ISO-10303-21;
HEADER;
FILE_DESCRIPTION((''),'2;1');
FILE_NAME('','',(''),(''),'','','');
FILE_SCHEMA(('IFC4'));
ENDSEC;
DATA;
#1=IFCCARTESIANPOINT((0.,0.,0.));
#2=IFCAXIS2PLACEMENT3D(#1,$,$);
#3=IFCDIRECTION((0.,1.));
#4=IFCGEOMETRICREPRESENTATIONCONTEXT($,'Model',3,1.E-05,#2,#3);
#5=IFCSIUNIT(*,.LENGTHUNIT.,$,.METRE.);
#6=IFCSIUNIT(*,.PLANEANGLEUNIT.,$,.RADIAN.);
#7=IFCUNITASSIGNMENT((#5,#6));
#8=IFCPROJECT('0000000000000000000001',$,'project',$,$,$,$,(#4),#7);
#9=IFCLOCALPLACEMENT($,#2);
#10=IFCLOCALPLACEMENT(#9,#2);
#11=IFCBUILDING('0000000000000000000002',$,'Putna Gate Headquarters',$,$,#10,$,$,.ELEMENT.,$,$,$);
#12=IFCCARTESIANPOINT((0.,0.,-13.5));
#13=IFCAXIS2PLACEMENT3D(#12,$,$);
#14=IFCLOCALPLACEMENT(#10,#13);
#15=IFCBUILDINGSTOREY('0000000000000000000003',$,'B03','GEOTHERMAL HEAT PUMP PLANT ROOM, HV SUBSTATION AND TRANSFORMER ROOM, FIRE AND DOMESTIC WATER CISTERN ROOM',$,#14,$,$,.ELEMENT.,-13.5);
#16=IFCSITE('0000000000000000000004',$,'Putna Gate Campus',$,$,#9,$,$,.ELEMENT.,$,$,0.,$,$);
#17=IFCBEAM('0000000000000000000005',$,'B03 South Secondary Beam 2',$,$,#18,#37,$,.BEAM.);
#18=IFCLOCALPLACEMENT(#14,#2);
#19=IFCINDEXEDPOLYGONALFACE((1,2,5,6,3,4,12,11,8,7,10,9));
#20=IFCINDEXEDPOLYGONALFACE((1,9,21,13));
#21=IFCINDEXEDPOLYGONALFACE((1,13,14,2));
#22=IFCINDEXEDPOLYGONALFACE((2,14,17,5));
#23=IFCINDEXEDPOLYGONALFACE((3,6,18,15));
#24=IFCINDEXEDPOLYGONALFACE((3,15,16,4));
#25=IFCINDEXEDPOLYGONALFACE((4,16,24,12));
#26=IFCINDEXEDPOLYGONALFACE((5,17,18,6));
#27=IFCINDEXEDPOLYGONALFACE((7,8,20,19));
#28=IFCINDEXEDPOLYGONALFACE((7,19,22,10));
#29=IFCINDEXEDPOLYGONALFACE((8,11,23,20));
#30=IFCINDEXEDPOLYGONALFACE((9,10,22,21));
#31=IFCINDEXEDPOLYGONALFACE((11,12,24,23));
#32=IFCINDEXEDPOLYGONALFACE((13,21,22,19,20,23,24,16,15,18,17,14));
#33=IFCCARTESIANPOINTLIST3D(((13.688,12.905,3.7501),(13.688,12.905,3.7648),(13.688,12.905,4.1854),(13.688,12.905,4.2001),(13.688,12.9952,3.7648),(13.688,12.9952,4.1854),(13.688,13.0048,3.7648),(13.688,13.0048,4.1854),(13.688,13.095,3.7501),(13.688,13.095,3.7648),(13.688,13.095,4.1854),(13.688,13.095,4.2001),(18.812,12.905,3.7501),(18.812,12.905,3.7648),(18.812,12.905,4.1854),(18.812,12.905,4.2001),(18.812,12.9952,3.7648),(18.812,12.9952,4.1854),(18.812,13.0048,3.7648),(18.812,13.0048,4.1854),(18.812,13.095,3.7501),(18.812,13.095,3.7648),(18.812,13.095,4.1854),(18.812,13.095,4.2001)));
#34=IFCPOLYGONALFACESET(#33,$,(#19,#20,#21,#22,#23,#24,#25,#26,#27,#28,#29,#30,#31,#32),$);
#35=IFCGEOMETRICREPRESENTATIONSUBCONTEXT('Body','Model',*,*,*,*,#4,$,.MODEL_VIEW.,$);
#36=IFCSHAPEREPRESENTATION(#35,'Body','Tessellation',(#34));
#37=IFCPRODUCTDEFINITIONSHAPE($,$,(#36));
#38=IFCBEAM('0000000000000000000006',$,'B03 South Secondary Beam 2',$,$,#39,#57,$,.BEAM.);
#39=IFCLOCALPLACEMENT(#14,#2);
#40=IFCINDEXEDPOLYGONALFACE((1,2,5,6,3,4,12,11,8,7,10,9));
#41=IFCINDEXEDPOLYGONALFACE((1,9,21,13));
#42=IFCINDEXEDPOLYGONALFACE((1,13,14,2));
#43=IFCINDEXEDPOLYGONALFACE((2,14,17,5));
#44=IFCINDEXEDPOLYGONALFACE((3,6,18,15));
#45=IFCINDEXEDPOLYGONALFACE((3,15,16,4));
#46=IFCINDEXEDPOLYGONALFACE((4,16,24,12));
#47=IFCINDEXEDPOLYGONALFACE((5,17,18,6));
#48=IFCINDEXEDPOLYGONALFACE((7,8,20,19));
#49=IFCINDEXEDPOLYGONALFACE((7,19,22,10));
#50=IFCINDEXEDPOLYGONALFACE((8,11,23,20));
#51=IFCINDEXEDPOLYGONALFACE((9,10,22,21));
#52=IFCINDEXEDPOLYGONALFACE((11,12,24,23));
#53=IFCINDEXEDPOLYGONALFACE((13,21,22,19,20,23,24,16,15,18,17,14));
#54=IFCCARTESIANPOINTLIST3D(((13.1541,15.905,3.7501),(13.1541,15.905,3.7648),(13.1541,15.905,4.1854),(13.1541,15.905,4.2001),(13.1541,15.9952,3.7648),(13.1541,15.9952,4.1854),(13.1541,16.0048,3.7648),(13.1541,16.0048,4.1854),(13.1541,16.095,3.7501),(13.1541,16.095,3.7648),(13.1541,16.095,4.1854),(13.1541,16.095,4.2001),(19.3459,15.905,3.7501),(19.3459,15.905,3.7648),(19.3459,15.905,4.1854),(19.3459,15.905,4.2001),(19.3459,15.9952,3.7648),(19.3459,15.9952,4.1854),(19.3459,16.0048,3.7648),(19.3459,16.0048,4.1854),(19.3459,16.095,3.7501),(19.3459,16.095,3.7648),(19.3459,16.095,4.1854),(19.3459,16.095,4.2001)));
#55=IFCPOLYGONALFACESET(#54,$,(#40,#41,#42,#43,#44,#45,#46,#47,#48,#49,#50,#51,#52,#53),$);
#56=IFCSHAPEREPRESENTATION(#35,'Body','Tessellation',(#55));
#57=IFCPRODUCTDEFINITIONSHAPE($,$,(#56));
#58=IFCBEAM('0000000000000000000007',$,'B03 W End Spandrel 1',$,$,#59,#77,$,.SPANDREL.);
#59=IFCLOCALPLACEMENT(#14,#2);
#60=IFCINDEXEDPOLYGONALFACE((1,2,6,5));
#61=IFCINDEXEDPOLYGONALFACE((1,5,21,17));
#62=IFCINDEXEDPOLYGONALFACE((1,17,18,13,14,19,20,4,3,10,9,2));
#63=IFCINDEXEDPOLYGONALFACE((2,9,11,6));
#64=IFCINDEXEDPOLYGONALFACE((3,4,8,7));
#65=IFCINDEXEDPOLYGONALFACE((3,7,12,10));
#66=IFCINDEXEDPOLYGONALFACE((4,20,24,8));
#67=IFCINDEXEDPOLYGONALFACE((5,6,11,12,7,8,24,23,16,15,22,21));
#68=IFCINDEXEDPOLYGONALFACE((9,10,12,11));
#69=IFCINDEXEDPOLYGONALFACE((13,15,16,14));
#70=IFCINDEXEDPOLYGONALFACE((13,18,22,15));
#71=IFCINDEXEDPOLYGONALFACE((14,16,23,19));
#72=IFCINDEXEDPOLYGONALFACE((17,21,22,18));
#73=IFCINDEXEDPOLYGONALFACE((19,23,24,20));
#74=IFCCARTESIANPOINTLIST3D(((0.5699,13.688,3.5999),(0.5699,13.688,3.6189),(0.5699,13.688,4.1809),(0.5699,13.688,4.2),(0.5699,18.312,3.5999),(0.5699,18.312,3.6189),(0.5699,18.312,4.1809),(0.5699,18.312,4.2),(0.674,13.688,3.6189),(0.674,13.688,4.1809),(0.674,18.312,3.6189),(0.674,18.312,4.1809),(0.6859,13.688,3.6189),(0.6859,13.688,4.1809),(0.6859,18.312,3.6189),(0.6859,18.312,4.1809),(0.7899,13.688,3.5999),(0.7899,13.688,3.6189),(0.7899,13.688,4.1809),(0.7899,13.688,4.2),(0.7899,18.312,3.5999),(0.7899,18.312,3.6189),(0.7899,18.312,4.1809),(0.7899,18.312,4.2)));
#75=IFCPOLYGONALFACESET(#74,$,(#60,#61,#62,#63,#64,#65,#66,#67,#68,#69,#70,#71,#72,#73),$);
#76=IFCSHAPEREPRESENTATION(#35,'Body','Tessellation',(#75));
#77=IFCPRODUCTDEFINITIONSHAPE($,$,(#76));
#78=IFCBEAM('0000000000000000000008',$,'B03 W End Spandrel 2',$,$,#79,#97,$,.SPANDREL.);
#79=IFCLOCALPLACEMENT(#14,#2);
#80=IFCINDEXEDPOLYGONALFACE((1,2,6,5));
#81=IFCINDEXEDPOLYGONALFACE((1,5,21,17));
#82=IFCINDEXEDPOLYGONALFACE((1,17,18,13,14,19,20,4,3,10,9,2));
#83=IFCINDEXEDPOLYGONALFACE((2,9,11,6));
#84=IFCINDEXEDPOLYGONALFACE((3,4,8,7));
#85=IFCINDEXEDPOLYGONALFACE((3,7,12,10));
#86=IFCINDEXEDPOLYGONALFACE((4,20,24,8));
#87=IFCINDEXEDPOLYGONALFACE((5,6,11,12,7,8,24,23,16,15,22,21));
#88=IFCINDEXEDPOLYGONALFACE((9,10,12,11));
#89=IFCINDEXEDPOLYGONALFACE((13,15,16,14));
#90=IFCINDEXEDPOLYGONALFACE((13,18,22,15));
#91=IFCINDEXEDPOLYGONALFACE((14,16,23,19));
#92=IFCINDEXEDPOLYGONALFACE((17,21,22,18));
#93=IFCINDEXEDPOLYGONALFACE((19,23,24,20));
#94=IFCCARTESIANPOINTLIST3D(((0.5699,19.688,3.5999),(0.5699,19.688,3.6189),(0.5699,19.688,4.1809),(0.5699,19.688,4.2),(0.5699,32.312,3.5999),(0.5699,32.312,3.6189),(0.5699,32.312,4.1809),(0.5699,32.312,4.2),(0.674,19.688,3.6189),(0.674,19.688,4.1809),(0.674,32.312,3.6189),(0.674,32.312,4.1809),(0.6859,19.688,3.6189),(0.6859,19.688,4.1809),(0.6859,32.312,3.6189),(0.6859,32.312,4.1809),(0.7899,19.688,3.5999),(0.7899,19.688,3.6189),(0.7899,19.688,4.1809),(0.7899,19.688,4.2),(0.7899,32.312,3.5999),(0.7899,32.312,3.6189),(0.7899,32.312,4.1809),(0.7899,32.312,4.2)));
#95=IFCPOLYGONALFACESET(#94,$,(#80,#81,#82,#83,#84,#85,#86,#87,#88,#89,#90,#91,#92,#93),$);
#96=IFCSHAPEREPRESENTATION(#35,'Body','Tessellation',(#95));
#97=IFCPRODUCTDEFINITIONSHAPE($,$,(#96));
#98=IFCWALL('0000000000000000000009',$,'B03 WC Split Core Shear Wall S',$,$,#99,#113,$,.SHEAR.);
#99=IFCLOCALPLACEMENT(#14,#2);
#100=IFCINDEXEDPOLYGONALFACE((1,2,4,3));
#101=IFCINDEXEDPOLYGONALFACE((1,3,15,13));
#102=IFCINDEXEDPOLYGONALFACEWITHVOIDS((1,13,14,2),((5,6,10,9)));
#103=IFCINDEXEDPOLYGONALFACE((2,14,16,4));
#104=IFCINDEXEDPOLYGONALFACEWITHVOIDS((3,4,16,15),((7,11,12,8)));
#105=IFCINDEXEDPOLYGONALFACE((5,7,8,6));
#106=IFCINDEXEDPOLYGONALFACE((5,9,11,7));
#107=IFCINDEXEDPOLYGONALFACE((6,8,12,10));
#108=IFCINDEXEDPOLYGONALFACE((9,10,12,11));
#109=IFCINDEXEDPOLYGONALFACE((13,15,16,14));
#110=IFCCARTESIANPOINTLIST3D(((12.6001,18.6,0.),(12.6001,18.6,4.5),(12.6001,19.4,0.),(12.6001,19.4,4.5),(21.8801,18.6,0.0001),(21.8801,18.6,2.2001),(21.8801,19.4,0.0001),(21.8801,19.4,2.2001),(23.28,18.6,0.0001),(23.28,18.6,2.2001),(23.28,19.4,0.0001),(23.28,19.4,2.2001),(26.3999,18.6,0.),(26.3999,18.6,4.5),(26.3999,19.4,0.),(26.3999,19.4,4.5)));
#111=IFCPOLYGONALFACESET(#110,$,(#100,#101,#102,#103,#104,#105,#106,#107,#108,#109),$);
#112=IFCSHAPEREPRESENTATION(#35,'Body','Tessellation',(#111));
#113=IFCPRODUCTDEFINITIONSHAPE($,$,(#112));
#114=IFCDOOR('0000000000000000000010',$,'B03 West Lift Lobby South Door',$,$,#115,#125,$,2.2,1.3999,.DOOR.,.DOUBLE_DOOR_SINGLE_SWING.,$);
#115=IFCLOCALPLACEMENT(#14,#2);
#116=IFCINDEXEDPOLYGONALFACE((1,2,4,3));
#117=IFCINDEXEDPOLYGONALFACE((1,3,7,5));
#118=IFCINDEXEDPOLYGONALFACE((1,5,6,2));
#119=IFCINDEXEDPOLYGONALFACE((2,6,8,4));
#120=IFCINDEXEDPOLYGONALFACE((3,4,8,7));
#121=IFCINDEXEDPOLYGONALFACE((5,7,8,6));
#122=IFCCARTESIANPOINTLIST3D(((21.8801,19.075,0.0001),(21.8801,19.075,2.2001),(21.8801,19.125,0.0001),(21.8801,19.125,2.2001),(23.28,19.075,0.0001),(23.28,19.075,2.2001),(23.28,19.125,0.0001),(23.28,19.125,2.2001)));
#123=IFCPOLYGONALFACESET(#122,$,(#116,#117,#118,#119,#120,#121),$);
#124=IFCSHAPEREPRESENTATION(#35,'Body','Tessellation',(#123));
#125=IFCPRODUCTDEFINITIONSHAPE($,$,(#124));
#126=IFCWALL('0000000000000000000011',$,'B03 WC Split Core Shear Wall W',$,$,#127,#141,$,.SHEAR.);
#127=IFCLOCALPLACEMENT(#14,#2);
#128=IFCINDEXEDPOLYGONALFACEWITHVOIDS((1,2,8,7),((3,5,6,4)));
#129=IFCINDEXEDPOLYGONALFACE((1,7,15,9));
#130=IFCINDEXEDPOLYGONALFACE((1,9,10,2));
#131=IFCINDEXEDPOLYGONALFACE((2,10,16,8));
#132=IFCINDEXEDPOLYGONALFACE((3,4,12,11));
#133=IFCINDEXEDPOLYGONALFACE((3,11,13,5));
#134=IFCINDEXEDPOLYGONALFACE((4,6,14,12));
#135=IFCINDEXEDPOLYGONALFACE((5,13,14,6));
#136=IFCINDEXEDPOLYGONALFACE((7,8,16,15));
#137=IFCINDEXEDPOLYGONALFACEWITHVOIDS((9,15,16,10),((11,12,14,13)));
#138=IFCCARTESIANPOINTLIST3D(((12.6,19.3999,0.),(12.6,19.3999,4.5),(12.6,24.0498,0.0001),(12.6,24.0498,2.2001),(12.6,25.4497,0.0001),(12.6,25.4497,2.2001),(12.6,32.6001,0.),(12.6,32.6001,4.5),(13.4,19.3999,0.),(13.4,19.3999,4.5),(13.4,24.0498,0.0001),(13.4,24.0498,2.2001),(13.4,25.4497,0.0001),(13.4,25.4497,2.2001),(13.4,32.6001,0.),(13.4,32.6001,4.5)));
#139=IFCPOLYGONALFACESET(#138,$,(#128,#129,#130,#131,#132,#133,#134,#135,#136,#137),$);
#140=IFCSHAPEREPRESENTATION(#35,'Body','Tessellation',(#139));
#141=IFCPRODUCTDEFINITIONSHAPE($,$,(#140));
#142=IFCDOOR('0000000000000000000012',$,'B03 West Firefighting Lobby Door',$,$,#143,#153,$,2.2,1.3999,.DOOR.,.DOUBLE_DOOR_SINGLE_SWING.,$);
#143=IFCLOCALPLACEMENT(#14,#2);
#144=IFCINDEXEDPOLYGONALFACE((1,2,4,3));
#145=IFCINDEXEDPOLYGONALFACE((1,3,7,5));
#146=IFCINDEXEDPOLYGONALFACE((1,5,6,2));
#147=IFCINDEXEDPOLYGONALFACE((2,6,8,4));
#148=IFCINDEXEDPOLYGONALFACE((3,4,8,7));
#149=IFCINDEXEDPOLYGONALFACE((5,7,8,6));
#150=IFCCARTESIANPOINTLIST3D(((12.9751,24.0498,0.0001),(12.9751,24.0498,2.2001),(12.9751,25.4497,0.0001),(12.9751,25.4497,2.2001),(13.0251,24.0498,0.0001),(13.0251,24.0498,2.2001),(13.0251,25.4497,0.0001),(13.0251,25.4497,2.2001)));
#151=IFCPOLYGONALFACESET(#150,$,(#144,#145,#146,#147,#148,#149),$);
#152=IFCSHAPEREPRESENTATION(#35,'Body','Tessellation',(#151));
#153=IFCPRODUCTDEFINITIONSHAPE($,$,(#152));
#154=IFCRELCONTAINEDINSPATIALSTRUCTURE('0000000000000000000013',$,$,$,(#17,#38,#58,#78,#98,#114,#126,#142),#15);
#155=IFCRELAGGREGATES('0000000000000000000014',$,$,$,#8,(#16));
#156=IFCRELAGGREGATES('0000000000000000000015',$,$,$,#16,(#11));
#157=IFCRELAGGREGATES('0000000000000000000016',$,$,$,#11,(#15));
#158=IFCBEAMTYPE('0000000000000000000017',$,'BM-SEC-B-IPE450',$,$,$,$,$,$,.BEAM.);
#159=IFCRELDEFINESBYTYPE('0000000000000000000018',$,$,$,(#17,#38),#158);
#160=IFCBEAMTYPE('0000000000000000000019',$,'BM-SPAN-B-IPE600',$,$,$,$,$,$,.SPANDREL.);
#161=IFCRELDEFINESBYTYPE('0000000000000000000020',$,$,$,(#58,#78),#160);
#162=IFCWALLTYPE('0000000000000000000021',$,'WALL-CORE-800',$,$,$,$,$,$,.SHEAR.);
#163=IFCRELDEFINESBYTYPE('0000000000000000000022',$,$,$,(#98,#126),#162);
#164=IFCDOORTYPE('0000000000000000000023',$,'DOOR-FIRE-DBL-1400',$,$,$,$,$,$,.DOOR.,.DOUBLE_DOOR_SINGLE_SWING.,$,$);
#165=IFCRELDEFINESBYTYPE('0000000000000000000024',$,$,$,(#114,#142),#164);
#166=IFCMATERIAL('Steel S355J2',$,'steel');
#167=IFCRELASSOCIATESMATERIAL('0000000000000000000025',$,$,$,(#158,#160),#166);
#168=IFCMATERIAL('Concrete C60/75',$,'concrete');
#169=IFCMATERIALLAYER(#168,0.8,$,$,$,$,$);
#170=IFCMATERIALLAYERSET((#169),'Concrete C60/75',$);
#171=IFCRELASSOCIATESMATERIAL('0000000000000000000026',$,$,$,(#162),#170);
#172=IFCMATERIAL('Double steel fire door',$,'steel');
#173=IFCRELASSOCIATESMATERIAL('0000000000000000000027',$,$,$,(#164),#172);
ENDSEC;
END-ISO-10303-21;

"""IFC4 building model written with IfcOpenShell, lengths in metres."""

from ifc_helpers import new_model, si_unit, direction, frame, frame_2d, origin, origin_2d, place, context, subcontext, project, spatial, rectangle, i_section, extrude, material, layer, layer_set, material_profile, profile_set, type_object, element, fill, save


model = new_model("IFC4")

# Units and contexts
model_context = context("Model", 3, precision=1e-05, world=origin(), true_north=direction((0.0, 1.0)))
body_context = subcontext(model_context, "Body", "Model", "MODEL_VIEW")
ifc_project = project(units=[si_unit("LENGTHUNIT", "METRE"), si_unit("PLANEANGLEUNIT", "RADIAN")], contexts=[model_context])

# Site, building, storey
site_placement = place(None, origin())
site = spatial("IfcSite", under=ifc_project, at=site_placement, Name="Putna Gate Campus", CompositionType="ELEMENT", RefElevation=0.0)
building_placement = place(site_placement, origin())
building = spatial("IfcBuilding", under=site, at=building_placement, Name="Putna Gate Headquarters", CompositionType="ELEMENT")
storey_placement = place(building_placement, frame((0.0, 0.0, -13.5)))
storey = spatial("IfcBuildingStorey", under=building, at=storey_placement, Name="B03", Description="GEOTHERMAL HEAT PUMP PLANT ROOM, HV SUBSTATION AND TRANSFORMER ROOM, FIRE AND DOMESTIC WATER CISTERN ROOM", CompositionType="ELEMENT", Elevation=-13.5)

# Shared definitions
ifc_material_1 = material(Name="Concrete C60/75", Category="concrete")

# Beams
ifc_material_2 = material(Name="Steel S355J2", Category="steel")
ifc_material_profile_1 = material_profile(ifc_material_2, i_section(OverallWidth=0.1899, OverallDepth=0.45, WebThickness=0.0095, FlangeThickness=0.0146, at=origin_2d()), Name="Steel S355J2")
ifc_profile_set_1 = profile_set([ifc_material_profile_1], Name="Steel S355J2")
beam_type_1 = type_object("IfcBeamType", Name="BM-SEC-B-IPE450", PredefinedType="BEAM", material=ifc_profile_set_1)
beam_1_placement = place(storey_placement, frame((13.688, 13.0, 3.9751), z_axis=(1.0, 0.0, 0.0), x_axis=(0.0, 1.0, 0.0)))
element("IfcBeam", 1, at=beam_1_placement, inside=storey, type_object=beam_type_1, Name="B03 South Secondary Beam 2", PredefinedType="BEAM", context=body_context, shape_type="SweptSolid", body=[
    extrude(i_section(OverallWidth=0.1899, OverallDepth=0.45, WebThickness=0.0095, FlangeThickness=0.0146, at=origin_2d()), origin(), (0.0, 0.0, 1.0), 5.124),
])
beam_2_placement = place(storey_placement, frame((13.1541, 16.0, 3.9751), z_axis=(1.0, 0.0, 0.0), x_axis=(0.0, 1.0, 0.0)))
element("IfcBeam", 2, at=beam_2_placement, inside=storey, type_object=beam_type_1, Name="B03 South Secondary Beam 2", PredefinedType="BEAM", context=body_context, shape_type="SweptSolid", body=[
    extrude(i_section(OverallWidth=0.1899, OverallDepth=0.45, WebThickness=0.0095, FlangeThickness=0.0146, at=origin_2d()), origin(), (0.0, 0.0, 1.0), 6.1919),
])
ifc_material_profile_2 = material_profile(ifc_material_2, i_section(OverallWidth=0.22, OverallDepth=0.6001, WebThickness=0.012, FlangeThickness=0.019, at=origin_2d()), Name="Steel S355J2")
ifc_profile_set_2 = profile_set([ifc_material_profile_2], Name="Steel S355J2")
beam_type_2 = type_object("IfcBeamType", Name="BM-SPAN-B-IPE600", PredefinedType="SPANDREL", material=ifc_profile_set_2)
beam_3_placement = place(storey_placement, frame((0.6799, 13.688, 3.8999), z_axis=(0.0, 1.0, 0.0), x_axis=(-1.0, 0.0, 0.0)))
element("IfcBeam", 3, at=beam_3_placement, inside=storey, type_object=beam_type_2, Name="B03 W End Spandrel 1", PredefinedType="SPANDREL", context=body_context, shape_type="SweptSolid", body=[
    extrude(i_section(OverallWidth=0.22, OverallDepth=0.6001, WebThickness=0.012, FlangeThickness=0.019, at=origin_2d()), origin(), (0.0, 0.0, 1.0), 4.624),
])
beam_4_placement = place(storey_placement, frame((0.6799, 19.688, 3.8999), z_axis=(0.0, 1.0, 0.0), x_axis=(-1.0, 0.0, 0.0)))
element("IfcBeam", 4, at=beam_4_placement, inside=storey, type_object=beam_type_2, Name="B03 W End Spandrel 2", PredefinedType="SPANDREL", context=body_context, shape_type="SweptSolid", body=[
    extrude(i_section(OverallWidth=0.22, OverallDepth=0.6001, WebThickness=0.012, FlangeThickness=0.019, at=origin_2d()), origin(), (0.0, 0.0, 1.0), 12.624),
])

# Walls, openings, doors
ifc_layer_1 = layer(ifc_material_1, 0.8)
ifc_layer_set_1 = layer_set([ifc_layer_1], Name="Concrete C60/75")
wall_type_1 = type_object("IfcWallType", Name="WALL-CORE-800", PredefinedType="SHEAR", material=ifc_layer_set_1)
wall_1_placement = place(storey_placement, frame((12.6001, 19.0, 0.0), z_axis=(0.0, 0.0, 1.0), x_axis=(1.0, 0.0, 0.0)))
wall_1 = element("IfcWall", 5, at=wall_1_placement, inside=storey, type_object=wall_type_1, Name="B03 WC Split Core Shear Wall S", PredefinedType="SHEAR", context=body_context, shape_type="SweptSolid", body=[
    extrude(rectangle(XDim=13.7998, YDim=0.8, at=frame_2d((6.8999, 0.0))), origin(), (0.0, 0.0, 1.0), 4.5),
])
opening_1_placement = place(wall_1_placement, frame((9.28, 0.0, 0.0)))
opening_1 = element("IfcOpeningElement", 6, at=opening_1_placement, cuts=wall_1, PredefinedType="OPENING", context=body_context, shape_type="SweptSolid", body=[
    extrude(rectangle(XDim=1.3999, YDim=2.2, at=frame_2d((0.7, 1.1001))), frame((0.0, 0.4099, 0.0), z_axis=(0.0, -1.0, 0.0), x_axis=(1.0, 0.0, 0.0)), (0.0, 0.0, 1.0), 0.8201),
])
ifc_material_3 = material(Name="Double steel fire door", Category="steel")
door_type = type_object("IfcDoorType", Name="DOOR-FIRE-DBL-1400", OperationType="DOUBLE_DOOR_SINGLE_SWING", PredefinedType="DOOR", material=ifc_material_3)
door_1_placement = place(opening_1_placement, origin())
door_1 = element("IfcDoor", 7, at=door_1_placement, inside=storey, type_object=door_type, Name="B03 West Lift Lobby South Door", OperationType="DOUBLE_DOOR_SINGLE_SWING", OverallHeight=2.2, OverallWidth=1.3999, PredefinedType="DOOR", context=body_context, shape_type="SweptSolid", body=[
    extrude(rectangle(XDim=1.3999, YDim=2.2, at=frame_2d((0.7, 1.1001))), frame((0.0, 0.125, 0.0), z_axis=(0.0, -1.0, 0.0), x_axis=(1.0, 0.0, 0.0)), (0.0, 0.0, 1.0), 0.05),
])
fill(opening_1, door_1)
wall_2_placement = place(storey_placement, frame((13.0, 19.3999, 0.0), z_axis=(0.0, 0.0, 1.0), x_axis=(0.0, 1.0, 0.0)))
wall_2 = element("IfcWall", 8, at=wall_2_placement, inside=storey, type_object=wall_type_1, Name="B03 WC Split Core Shear Wall W", PredefinedType="SHEAR", context=body_context, shape_type="SweptSolid", body=[
    extrude(rectangle(XDim=13.2002, YDim=0.8, at=frame_2d((6.6001, 0.0))), origin(), (0.0, 0.0, 1.0), 4.5),
])
opening_2_placement = place(wall_2_placement, frame((4.6499, 0.0, 0.0)))
opening_2 = element("IfcOpeningElement", 9, at=opening_2_placement, cuts=wall_2, PredefinedType="OPENING", context=body_context, shape_type="SweptSolid", body=[
    extrude(rectangle(XDim=1.3999, YDim=2.2, at=frame_2d((0.7, 1.1001))), frame((0.0, 0.4099, 0.0), z_axis=(0.0, -1.0, 0.0), x_axis=(1.0, 0.0, 0.0)), (0.0, 0.0, 1.0), 0.8201),
])
door_2_placement = place(opening_2_placement, origin())
door_2 = element("IfcDoor", 10, at=door_2_placement, inside=storey, type_object=door_type, Name="B03 West Firefighting Lobby Door", OperationType="DOUBLE_DOOR_SINGLE_SWING", OverallHeight=2.2, OverallWidth=1.3999, PredefinedType="DOOR", context=body_context, shape_type="SweptSolid", body=[
    extrude(rectangle(XDim=1.3999, YDim=2.2, at=frame_2d((0.7, 1.1001))), frame((0.0, 0.0249, 0.0), z_axis=(0.0, -1.0, 0.0), x_axis=(1.0, 0.0, 0.0)), (0.0, 0.0, 1.0), 0.05),
])
fill(opening_2, door_2)

save(model, "model.ifc")
